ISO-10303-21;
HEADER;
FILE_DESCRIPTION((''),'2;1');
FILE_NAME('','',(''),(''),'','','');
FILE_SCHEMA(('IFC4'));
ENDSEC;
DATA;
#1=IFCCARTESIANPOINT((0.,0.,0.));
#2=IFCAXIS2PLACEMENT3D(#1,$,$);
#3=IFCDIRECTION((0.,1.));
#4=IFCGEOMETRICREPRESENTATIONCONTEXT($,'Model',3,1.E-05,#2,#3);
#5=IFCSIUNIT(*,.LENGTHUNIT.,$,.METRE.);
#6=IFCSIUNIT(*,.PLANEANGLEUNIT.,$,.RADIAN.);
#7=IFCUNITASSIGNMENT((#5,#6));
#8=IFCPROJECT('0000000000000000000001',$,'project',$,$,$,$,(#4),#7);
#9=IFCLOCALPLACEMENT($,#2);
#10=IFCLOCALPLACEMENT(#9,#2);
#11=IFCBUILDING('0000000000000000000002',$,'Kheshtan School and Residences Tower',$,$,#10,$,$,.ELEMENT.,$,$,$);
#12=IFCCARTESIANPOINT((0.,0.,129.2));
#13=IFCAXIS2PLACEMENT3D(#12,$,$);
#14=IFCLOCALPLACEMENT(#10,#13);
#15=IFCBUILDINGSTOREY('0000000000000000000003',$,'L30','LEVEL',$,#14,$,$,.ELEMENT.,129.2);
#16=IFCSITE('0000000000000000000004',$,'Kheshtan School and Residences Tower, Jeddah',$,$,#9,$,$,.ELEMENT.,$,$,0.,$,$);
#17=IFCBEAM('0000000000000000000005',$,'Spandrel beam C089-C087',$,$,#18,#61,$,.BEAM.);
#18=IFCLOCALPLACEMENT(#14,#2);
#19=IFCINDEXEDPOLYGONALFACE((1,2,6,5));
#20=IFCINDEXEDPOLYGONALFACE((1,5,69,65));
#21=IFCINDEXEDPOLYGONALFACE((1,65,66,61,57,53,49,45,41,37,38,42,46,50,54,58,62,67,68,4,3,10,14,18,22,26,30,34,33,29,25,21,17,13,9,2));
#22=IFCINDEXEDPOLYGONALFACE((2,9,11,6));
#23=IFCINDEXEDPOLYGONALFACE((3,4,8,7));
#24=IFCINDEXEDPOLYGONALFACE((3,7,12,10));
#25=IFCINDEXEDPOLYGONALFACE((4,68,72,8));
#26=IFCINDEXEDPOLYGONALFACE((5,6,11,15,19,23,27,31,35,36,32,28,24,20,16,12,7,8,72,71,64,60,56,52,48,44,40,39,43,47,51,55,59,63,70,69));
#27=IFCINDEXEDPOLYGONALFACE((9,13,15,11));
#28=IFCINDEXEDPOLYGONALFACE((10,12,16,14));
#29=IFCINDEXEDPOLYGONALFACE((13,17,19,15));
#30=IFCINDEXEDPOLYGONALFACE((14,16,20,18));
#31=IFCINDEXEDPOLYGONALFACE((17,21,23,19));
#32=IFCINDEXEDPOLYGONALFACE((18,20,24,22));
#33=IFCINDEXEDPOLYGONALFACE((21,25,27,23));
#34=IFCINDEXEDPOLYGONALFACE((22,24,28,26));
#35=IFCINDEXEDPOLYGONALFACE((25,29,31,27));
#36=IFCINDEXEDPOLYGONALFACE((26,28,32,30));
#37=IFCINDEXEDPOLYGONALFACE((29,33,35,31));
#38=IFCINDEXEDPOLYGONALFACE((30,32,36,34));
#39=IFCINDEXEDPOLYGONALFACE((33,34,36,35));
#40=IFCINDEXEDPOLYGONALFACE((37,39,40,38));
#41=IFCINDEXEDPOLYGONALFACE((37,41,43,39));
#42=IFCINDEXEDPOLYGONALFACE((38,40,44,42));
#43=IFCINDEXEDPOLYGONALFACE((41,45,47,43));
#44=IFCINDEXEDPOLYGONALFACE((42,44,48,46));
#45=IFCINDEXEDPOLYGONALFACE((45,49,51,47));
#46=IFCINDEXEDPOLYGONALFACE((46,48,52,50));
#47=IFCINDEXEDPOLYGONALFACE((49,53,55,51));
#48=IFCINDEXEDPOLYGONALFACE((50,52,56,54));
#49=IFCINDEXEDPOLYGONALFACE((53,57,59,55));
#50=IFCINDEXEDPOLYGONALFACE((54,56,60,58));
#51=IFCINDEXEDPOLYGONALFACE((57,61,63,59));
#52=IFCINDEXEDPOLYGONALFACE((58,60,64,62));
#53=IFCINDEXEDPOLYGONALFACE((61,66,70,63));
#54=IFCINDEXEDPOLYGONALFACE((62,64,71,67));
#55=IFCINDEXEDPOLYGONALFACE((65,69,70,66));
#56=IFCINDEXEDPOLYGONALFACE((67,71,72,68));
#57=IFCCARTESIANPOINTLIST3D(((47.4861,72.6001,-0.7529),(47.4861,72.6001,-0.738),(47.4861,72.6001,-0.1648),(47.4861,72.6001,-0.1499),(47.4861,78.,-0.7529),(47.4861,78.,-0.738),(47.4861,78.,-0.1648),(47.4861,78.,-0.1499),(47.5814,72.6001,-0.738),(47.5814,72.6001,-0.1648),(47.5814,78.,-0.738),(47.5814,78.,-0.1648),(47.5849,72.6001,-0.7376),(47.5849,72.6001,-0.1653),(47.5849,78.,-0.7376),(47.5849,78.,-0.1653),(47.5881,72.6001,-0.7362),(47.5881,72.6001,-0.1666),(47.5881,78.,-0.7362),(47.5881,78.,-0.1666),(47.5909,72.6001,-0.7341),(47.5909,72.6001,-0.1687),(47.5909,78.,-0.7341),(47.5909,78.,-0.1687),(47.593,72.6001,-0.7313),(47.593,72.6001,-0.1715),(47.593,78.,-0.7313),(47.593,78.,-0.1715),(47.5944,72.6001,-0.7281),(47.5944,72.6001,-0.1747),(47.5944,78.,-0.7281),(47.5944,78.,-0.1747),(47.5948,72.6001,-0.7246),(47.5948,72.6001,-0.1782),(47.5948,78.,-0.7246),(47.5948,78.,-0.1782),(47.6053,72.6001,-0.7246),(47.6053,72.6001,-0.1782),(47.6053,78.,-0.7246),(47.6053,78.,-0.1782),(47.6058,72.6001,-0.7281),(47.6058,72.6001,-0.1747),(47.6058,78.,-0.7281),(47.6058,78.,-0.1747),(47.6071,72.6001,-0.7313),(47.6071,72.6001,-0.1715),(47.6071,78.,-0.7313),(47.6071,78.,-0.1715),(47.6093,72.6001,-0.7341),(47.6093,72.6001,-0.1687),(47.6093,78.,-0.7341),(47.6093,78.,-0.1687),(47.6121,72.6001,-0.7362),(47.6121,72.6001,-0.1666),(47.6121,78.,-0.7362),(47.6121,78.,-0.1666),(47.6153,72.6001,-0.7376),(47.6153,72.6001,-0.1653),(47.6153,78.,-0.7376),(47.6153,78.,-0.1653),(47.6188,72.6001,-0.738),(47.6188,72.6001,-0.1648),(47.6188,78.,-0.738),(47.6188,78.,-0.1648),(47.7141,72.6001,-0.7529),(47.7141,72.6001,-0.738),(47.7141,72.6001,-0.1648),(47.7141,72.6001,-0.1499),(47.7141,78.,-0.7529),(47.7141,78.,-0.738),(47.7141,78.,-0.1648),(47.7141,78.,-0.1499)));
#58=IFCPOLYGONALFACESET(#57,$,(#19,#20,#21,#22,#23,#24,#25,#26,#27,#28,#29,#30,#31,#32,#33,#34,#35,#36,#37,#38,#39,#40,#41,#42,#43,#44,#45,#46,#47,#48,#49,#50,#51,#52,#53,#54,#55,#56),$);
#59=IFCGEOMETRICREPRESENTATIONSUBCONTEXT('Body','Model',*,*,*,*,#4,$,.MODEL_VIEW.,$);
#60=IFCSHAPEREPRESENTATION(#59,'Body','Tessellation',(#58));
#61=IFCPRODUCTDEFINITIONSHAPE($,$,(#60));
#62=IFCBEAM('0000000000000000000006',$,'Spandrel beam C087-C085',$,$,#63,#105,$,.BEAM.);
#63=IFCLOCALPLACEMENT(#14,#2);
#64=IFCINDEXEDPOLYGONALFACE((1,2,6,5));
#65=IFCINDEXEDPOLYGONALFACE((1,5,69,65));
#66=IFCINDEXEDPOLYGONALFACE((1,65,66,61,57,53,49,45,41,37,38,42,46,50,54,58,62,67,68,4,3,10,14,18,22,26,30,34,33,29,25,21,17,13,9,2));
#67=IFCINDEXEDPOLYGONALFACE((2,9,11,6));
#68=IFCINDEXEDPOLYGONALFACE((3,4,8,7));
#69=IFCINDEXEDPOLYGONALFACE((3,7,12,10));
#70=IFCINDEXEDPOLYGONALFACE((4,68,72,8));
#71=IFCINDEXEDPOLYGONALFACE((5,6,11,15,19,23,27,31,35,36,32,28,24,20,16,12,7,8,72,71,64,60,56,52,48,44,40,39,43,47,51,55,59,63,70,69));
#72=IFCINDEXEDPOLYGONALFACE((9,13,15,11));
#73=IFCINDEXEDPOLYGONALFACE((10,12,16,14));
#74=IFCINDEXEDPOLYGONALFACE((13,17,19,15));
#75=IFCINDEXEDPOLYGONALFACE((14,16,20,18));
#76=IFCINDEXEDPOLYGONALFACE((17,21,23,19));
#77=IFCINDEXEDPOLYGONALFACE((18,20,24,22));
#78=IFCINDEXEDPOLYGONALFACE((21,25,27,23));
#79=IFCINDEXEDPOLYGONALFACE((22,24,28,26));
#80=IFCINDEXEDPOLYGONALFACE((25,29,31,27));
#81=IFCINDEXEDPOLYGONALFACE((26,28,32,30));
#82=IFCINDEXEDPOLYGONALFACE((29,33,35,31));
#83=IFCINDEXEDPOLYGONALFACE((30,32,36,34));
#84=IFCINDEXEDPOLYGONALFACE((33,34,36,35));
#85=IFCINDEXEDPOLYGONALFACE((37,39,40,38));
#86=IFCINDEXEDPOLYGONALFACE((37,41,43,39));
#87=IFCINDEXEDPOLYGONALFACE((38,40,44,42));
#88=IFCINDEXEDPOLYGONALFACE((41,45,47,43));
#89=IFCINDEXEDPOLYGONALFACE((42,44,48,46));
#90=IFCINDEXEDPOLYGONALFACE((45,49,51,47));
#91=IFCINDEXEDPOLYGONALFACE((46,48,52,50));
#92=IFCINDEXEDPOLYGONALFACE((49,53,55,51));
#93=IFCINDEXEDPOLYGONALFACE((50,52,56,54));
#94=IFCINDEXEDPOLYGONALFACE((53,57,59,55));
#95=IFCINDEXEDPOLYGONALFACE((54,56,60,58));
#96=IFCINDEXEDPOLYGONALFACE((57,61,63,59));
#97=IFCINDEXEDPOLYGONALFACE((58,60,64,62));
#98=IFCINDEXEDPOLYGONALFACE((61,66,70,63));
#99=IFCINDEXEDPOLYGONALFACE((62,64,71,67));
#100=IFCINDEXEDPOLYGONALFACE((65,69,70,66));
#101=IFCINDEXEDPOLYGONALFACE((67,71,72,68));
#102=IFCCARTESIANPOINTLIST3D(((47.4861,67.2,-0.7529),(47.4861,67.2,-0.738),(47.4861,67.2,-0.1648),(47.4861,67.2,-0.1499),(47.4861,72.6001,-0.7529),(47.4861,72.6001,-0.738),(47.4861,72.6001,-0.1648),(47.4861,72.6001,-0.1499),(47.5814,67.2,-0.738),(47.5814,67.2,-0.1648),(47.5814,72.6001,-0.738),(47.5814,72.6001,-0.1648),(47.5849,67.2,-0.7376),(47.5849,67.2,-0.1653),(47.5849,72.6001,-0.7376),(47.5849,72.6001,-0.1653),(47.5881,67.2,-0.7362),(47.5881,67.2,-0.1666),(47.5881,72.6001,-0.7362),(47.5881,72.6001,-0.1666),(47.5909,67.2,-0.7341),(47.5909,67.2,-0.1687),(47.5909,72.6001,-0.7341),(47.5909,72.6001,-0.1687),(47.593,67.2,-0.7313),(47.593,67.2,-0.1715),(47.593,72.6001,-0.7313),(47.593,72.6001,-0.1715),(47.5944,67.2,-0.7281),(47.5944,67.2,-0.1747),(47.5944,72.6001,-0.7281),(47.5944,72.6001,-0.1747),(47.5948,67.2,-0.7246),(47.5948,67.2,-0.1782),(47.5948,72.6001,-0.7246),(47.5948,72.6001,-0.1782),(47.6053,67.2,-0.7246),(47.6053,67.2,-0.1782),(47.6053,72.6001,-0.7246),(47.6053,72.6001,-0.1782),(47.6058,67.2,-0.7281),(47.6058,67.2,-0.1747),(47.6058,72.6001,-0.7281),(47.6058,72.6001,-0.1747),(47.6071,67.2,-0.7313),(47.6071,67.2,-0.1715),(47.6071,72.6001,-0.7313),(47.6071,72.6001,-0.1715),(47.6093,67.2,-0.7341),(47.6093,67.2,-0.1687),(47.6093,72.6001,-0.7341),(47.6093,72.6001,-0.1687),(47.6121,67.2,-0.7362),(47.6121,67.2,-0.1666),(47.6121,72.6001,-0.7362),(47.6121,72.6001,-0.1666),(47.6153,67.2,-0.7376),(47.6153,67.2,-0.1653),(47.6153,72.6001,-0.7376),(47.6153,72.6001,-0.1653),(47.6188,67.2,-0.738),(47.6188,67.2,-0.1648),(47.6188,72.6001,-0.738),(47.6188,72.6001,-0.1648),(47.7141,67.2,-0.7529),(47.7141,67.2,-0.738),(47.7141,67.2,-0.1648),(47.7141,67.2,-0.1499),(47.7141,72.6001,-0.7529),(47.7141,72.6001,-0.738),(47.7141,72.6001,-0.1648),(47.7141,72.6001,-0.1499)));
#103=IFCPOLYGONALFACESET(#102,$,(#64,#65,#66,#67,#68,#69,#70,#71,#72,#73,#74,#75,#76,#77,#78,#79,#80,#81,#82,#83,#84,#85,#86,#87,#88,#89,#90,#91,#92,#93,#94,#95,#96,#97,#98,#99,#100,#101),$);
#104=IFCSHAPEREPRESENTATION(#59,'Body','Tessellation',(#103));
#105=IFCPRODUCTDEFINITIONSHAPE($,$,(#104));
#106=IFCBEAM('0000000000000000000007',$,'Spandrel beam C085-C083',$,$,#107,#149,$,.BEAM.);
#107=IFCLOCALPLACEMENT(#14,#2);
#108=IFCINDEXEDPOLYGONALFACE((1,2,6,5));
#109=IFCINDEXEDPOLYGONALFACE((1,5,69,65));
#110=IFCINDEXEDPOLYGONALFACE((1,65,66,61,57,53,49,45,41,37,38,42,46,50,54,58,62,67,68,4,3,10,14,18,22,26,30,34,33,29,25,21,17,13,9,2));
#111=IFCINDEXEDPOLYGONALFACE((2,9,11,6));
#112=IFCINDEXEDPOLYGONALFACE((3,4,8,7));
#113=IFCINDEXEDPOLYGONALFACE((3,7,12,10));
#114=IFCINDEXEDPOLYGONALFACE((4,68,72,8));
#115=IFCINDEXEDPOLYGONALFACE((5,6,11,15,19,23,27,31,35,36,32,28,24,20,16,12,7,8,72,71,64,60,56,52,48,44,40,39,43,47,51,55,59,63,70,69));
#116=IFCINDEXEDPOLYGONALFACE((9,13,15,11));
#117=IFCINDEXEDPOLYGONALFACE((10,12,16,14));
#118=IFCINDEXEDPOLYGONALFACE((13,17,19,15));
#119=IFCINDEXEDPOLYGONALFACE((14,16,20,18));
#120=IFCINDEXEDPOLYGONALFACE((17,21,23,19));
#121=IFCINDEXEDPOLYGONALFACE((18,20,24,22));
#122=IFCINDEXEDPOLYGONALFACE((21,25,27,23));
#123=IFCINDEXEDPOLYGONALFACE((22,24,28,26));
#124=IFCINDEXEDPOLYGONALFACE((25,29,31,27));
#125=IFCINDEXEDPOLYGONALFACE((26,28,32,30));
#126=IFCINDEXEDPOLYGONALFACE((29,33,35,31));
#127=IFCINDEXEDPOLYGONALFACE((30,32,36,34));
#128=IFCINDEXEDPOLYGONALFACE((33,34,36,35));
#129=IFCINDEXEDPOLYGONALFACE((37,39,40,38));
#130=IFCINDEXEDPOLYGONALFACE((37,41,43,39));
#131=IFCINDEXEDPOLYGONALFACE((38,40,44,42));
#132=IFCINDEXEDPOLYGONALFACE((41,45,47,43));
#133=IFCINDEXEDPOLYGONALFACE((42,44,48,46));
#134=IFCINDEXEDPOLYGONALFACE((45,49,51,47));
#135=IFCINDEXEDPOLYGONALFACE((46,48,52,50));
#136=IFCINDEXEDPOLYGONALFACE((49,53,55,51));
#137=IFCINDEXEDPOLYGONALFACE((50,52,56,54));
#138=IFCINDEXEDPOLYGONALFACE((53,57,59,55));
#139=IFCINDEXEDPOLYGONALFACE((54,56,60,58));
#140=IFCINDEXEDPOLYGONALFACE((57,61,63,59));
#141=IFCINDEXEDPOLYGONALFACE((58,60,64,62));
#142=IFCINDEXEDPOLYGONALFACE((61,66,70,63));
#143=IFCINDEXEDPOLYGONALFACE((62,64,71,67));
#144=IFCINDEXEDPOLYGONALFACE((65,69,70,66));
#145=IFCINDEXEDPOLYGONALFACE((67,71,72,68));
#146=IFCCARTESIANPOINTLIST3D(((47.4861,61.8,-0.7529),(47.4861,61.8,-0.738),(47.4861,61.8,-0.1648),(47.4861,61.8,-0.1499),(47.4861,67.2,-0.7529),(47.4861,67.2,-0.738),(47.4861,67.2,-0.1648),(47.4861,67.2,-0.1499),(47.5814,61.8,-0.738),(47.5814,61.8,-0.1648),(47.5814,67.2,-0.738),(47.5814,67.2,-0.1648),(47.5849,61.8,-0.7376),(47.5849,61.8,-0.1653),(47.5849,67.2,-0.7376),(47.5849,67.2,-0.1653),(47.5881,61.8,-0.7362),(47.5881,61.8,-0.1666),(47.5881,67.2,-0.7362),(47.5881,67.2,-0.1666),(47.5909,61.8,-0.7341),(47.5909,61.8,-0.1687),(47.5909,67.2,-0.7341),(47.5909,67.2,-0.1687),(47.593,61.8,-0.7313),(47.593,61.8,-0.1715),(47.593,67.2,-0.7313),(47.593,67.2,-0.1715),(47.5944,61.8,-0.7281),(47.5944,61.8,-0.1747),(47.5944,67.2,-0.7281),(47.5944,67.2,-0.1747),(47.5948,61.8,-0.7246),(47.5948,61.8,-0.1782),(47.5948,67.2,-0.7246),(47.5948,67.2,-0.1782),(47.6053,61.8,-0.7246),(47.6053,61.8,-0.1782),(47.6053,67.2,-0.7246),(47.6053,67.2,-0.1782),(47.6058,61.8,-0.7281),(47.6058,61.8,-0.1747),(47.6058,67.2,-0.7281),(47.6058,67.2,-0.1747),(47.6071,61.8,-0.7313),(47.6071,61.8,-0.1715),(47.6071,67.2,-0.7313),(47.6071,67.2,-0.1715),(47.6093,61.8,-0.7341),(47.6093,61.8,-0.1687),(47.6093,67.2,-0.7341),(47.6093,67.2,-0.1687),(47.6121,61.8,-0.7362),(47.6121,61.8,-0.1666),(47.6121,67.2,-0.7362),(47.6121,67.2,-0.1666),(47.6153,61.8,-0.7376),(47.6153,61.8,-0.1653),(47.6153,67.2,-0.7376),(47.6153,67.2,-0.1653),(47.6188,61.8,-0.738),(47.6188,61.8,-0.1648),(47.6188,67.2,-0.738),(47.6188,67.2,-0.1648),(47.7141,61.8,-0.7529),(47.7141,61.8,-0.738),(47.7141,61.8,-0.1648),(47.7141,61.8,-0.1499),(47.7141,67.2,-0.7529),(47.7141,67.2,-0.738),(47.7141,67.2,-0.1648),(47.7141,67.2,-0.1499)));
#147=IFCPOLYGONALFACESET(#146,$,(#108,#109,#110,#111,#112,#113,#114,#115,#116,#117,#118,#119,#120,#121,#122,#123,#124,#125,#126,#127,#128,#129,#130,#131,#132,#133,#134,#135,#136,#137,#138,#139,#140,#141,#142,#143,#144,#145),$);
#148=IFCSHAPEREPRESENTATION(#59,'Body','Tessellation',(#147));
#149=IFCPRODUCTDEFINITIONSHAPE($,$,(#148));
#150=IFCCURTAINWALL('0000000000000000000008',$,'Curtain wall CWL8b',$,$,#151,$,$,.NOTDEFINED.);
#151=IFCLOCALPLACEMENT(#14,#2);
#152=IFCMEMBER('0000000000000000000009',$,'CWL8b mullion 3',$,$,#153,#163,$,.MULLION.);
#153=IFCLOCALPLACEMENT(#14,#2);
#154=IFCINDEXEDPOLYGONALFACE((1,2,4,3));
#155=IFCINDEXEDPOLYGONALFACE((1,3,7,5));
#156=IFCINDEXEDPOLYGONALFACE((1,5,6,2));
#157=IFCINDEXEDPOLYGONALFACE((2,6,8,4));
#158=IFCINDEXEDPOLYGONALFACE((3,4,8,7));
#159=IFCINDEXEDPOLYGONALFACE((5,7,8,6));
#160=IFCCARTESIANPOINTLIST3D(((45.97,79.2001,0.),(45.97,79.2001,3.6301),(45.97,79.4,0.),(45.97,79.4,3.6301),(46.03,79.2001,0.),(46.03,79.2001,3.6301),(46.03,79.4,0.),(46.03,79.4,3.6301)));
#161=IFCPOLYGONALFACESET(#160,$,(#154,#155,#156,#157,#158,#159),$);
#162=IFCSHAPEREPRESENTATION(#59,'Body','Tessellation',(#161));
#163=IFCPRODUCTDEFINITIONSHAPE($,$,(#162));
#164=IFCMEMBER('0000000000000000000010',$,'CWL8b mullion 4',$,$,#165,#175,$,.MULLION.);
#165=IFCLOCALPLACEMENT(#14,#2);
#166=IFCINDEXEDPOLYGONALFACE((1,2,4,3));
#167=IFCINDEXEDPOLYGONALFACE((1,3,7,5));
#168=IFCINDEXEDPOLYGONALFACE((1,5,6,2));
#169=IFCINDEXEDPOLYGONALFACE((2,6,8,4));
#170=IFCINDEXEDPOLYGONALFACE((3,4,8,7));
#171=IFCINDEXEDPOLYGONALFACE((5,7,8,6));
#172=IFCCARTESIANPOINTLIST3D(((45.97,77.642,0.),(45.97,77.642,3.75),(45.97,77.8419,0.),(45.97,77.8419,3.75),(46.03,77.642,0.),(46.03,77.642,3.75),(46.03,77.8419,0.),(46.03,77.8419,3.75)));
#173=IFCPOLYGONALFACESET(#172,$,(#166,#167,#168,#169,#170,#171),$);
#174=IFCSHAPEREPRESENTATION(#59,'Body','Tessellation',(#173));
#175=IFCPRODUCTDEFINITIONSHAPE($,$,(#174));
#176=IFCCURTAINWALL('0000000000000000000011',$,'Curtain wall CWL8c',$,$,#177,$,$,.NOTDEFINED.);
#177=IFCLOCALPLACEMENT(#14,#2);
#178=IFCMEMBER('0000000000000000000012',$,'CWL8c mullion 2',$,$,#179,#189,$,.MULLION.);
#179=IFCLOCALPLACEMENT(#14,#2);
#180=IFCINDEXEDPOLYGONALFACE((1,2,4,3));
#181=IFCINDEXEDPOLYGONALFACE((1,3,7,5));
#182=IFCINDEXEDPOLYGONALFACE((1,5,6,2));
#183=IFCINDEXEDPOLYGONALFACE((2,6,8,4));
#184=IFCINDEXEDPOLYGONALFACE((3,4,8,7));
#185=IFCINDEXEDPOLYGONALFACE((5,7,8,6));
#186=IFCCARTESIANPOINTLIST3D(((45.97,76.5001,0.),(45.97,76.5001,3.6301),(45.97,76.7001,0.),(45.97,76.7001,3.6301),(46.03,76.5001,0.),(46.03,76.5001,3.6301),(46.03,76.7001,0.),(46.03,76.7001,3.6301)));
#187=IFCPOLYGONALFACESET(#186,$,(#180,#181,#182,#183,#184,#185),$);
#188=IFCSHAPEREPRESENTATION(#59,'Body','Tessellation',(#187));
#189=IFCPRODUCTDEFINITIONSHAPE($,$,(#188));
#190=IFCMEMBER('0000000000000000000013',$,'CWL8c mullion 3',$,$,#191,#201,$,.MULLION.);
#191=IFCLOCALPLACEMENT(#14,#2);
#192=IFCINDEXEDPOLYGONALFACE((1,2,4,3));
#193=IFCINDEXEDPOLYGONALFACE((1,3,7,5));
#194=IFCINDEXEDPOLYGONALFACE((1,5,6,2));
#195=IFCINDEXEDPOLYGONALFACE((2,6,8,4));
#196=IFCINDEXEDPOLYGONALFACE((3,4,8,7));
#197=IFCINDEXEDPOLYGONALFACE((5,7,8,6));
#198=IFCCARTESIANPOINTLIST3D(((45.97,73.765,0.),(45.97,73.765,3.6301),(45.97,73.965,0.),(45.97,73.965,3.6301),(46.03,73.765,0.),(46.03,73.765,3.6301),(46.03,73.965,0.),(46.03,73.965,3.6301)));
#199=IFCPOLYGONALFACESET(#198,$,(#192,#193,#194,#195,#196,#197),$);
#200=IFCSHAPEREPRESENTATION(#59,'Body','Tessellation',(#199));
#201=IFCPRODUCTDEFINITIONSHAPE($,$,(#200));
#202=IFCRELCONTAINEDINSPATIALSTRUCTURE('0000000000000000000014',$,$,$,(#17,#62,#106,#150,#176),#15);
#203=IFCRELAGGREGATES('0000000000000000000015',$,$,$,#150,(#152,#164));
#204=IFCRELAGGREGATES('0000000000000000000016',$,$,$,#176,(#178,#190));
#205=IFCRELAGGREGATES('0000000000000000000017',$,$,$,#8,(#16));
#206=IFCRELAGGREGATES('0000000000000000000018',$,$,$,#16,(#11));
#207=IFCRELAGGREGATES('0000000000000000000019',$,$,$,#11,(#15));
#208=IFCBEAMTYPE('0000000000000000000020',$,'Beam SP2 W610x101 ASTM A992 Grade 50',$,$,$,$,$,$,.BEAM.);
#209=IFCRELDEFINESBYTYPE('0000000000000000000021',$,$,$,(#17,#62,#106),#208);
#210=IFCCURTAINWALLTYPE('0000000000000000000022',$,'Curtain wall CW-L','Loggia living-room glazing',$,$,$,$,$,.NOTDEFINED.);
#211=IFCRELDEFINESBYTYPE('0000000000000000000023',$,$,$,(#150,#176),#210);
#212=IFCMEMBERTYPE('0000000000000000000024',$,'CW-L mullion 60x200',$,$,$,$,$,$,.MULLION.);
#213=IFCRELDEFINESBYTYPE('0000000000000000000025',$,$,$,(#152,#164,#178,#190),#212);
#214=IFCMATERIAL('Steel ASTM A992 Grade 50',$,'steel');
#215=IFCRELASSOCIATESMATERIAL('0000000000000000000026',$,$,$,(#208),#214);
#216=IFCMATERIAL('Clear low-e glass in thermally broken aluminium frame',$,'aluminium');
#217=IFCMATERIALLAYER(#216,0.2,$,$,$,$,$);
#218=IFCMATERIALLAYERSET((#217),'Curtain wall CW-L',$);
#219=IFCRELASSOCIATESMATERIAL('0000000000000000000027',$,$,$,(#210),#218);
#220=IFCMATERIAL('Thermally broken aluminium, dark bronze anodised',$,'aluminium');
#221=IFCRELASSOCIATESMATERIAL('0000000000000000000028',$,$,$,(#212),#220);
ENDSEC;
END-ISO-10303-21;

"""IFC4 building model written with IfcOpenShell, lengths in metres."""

from ifc_helpers import new_model, si_unit, direction, frame, origin, origin_2d, place, context, subcontext, project, spatial, rectangle, i_section, extrude, material, layer, layer_set, material_profile, profile_set, type_object, element, aggregate, save


model = new_model("IFC4")

# Units and contexts
model_context = context("Model", 3, precision=1e-05, world=origin(), true_north=direction((0.0, 1.0)))
body_context = subcontext(model_context, "Body", "Model", "MODEL_VIEW")
ifc_project = project(units=[si_unit("LENGTHUNIT", "METRE"), si_unit("PLANEANGLEUNIT", "RADIAN")], contexts=[model_context])

# Site, building, storey
site_placement = place(None, origin())
site = spatial("IfcSite", under=ifc_project, at=site_placement, Name="Kheshtan School and Residences Tower, Jeddah", CompositionType="ELEMENT", RefElevation=0.0)
building_placement = place(site_placement, origin())
building = spatial("IfcBuilding", under=site, at=building_placement, Name="Kheshtan School and Residences Tower", CompositionType="ELEMENT")
storey_placement = place(building_placement, frame((0.0, 0.0, 129.2)))
storey = spatial("IfcBuildingStorey", under=building, at=storey_placement, Name="L30", Description="LEVEL", CompositionType="ELEMENT", Elevation=129.2)

# Shared definitions
ifc_material_1 = material(Name="Steel ASTM A992 Grade 50", Category="steel")

# Beams
ifc_material_profile_1 = material_profile(ifc_material_1, i_section(OverallWidth=0.228, OverallDepth=0.603, WebThickness=0.0105, FlangeThickness=0.0149, FilletRadius=0.0134, at=origin_2d()), Name="W610x101")
ifc_profile_set_1 = profile_set([ifc_material_profile_1], Name="Steel ASTM A992 Grade 50")
beam_type_1 = type_object("IfcBeamType", Name="Beam SP2 W610x101 ASTM A992 Grade 50", PredefinedType="BEAM", material=ifc_profile_set_1)
beam_1_placement = place(storey_placement, frame((47.6001, 78.0, -0.4514), z_axis=(0.0, -1.0, 0.0), x_axis=(1.0, 0.0, 0.0)))
element("IfcBeam", 1, at=beam_1_placement, inside=storey, type_object=beam_type_1, Name="Spandrel beam C089-C087", PredefinedType="BEAM", context=body_context, shape_type="SweptSolid", body=[
    extrude(i_section(OverallWidth=0.228, OverallDepth=0.603, WebThickness=0.0105, FlangeThickness=0.0149, FilletRadius=0.0134, at=origin_2d()), origin(), (0.0, 0.0, 1.0), 5.3999),
])
beam_2_placement = place(storey_placement, frame((47.6001, 72.6001, -0.4514), z_axis=(0.0, -1.0, 0.0), x_axis=(1.0, 0.0, 0.0)))
element("IfcBeam", 2, at=beam_2_placement, inside=storey, type_object=beam_type_1, Name="Spandrel beam C087-C085", PredefinedType="BEAM", context=body_context, shape_type="SweptSolid", body=[
    extrude(i_section(OverallWidth=0.228, OverallDepth=0.603, WebThickness=0.0105, FlangeThickness=0.0149, FilletRadius=0.0134, at=origin_2d()), origin(), (0.0, 0.0, 1.0), 5.4001),
])
beam_3_placement = place(storey_placement, frame((47.6001, 67.2, -0.4514), z_axis=(0.0, -1.0, 0.0), x_axis=(1.0, 0.0, 0.0)))
element("IfcBeam", 3, at=beam_3_placement, inside=storey, type_object=beam_type_1, Name="Spandrel beam C085-C083", PredefinedType="BEAM", context=body_context, shape_type="SweptSolid", body=[
    extrude(i_section(OverallWidth=0.228, OverallDepth=0.603, WebThickness=0.0105, FlangeThickness=0.0149, FilletRadius=0.0134, at=origin_2d()), origin(), (0.0, 0.0, 1.0), 5.3999),
])

# Curtain walls, members
ifc_material_2 = material(Name="Clear low-e glass in thermally broken aluminium frame", Category="aluminium")
ifc_layer_1 = layer(ifc_material_2, 0.2)
ifc_layer_set_1 = layer_set([ifc_layer_1], Name="Curtain wall CW-L")
curtain_wall_type = type_object("IfcCurtainWallType", Name="Curtain wall CW-L", Description="Loggia living-room glazing", PredefinedType="NOTDEFINED", material=ifc_layer_set_1)
curtain_wall_1_placement = place(storey_placement, origin())
curtain_wall_1 = element("IfcCurtainWall", 4, at=curtain_wall_1_placement, inside=storey, type_object=curtain_wall_type, Name="Curtain wall CWL8b", PredefinedType="NOTDEFINED")
ifc_material_3 = material(Name="Thermally broken aluminium, dark bronze anodised", Category="aluminium")
ifc_material_profile_2 = material_profile(ifc_material_3, rectangle(XDim=0.0601, YDim=0.2, at=origin_2d()), Name="CW-L mullion 60x200")
ifc_profile_set_2 = profile_set([ifc_material_profile_2], Name="Thermally broken aluminium, dark bronze anodised")
member_type_1 = type_object("IfcMemberType", Name="CW-L mullion 60x200", PredefinedType="MULLION", material=ifc_profile_set_2)
member_1_placement = place(storey_placement, frame((46.0, 79.3, 0.0), z_axis=(0.0, 0.0, 1.0), x_axis=(1.0, 0.0, 0.0)))
member_1 = element("IfcMember", 5, at=member_1_placement, type_object=member_type_1, Name="CWL8b mullion 3", PredefinedType="MULLION", context=body_context, shape_type="SweptSolid", body=[
    extrude(rectangle(XDim=0.0601, YDim=0.2, at=origin_2d()), origin(), (0.0, 0.0, 1.0), 3.6301),
])
member_2_placement = place(storey_placement, frame((46.0, 77.7419, 0.0), z_axis=(0.0, 0.0, 1.0), x_axis=(1.0, 0.0, 0.0)))
member_2 = element("IfcMember", 6, at=member_2_placement, type_object=member_type_1, Name="CWL8b mullion 4", PredefinedType="MULLION", context=body_context, shape_type="SweptSolid", body=[
    extrude(rectangle(XDim=0.0601, YDim=0.2, at=origin_2d()), origin(), (0.0, 0.0, 1.0), 3.75),
])
curtain_wall_2_placement = place(storey_placement, origin())
curtain_wall_2 = element("IfcCurtainWall", 7, at=curtain_wall_2_placement, inside=storey, type_object=curtain_wall_type, Name="Curtain wall CWL8c", PredefinedType="NOTDEFINED")
member_3_placement = place(storey_placement, frame((46.0, 76.6001, 0.0), z_axis=(0.0, 0.0, 1.0), x_axis=(1.0, 0.0, 0.0)))
member_3 = element("IfcMember", 8, at=member_3_placement, type_object=member_type_1, Name="CWL8c mullion 2", PredefinedType="MULLION", context=body_context, shape_type="SweptSolid", body=[
    extrude(rectangle(XDim=0.0601, YDim=0.2, at=origin_2d()), origin(), (0.0, 0.0, 1.0), 3.6301),
])
member_4_placement = place(storey_placement, frame((46.0, 73.865, 0.0), z_axis=(0.0, 0.0, 1.0), x_axis=(1.0, 0.0, 0.0)))
member_4 = element("IfcMember", 9, at=member_4_placement, type_object=member_type_1, Name="CWL8c mullion 3", PredefinedType="MULLION", context=body_context, shape_type="SweptSolid", body=[
    extrude(rectangle(XDim=0.0601, YDim=0.2, at=origin_2d()), origin(), (0.0, 0.0, 1.0), 3.6301),
])

aggregate(curtain_wall_1, [member_1, member_2])
aggregate(curtain_wall_2, [member_3, member_4])

save(model, "model.ifc")
